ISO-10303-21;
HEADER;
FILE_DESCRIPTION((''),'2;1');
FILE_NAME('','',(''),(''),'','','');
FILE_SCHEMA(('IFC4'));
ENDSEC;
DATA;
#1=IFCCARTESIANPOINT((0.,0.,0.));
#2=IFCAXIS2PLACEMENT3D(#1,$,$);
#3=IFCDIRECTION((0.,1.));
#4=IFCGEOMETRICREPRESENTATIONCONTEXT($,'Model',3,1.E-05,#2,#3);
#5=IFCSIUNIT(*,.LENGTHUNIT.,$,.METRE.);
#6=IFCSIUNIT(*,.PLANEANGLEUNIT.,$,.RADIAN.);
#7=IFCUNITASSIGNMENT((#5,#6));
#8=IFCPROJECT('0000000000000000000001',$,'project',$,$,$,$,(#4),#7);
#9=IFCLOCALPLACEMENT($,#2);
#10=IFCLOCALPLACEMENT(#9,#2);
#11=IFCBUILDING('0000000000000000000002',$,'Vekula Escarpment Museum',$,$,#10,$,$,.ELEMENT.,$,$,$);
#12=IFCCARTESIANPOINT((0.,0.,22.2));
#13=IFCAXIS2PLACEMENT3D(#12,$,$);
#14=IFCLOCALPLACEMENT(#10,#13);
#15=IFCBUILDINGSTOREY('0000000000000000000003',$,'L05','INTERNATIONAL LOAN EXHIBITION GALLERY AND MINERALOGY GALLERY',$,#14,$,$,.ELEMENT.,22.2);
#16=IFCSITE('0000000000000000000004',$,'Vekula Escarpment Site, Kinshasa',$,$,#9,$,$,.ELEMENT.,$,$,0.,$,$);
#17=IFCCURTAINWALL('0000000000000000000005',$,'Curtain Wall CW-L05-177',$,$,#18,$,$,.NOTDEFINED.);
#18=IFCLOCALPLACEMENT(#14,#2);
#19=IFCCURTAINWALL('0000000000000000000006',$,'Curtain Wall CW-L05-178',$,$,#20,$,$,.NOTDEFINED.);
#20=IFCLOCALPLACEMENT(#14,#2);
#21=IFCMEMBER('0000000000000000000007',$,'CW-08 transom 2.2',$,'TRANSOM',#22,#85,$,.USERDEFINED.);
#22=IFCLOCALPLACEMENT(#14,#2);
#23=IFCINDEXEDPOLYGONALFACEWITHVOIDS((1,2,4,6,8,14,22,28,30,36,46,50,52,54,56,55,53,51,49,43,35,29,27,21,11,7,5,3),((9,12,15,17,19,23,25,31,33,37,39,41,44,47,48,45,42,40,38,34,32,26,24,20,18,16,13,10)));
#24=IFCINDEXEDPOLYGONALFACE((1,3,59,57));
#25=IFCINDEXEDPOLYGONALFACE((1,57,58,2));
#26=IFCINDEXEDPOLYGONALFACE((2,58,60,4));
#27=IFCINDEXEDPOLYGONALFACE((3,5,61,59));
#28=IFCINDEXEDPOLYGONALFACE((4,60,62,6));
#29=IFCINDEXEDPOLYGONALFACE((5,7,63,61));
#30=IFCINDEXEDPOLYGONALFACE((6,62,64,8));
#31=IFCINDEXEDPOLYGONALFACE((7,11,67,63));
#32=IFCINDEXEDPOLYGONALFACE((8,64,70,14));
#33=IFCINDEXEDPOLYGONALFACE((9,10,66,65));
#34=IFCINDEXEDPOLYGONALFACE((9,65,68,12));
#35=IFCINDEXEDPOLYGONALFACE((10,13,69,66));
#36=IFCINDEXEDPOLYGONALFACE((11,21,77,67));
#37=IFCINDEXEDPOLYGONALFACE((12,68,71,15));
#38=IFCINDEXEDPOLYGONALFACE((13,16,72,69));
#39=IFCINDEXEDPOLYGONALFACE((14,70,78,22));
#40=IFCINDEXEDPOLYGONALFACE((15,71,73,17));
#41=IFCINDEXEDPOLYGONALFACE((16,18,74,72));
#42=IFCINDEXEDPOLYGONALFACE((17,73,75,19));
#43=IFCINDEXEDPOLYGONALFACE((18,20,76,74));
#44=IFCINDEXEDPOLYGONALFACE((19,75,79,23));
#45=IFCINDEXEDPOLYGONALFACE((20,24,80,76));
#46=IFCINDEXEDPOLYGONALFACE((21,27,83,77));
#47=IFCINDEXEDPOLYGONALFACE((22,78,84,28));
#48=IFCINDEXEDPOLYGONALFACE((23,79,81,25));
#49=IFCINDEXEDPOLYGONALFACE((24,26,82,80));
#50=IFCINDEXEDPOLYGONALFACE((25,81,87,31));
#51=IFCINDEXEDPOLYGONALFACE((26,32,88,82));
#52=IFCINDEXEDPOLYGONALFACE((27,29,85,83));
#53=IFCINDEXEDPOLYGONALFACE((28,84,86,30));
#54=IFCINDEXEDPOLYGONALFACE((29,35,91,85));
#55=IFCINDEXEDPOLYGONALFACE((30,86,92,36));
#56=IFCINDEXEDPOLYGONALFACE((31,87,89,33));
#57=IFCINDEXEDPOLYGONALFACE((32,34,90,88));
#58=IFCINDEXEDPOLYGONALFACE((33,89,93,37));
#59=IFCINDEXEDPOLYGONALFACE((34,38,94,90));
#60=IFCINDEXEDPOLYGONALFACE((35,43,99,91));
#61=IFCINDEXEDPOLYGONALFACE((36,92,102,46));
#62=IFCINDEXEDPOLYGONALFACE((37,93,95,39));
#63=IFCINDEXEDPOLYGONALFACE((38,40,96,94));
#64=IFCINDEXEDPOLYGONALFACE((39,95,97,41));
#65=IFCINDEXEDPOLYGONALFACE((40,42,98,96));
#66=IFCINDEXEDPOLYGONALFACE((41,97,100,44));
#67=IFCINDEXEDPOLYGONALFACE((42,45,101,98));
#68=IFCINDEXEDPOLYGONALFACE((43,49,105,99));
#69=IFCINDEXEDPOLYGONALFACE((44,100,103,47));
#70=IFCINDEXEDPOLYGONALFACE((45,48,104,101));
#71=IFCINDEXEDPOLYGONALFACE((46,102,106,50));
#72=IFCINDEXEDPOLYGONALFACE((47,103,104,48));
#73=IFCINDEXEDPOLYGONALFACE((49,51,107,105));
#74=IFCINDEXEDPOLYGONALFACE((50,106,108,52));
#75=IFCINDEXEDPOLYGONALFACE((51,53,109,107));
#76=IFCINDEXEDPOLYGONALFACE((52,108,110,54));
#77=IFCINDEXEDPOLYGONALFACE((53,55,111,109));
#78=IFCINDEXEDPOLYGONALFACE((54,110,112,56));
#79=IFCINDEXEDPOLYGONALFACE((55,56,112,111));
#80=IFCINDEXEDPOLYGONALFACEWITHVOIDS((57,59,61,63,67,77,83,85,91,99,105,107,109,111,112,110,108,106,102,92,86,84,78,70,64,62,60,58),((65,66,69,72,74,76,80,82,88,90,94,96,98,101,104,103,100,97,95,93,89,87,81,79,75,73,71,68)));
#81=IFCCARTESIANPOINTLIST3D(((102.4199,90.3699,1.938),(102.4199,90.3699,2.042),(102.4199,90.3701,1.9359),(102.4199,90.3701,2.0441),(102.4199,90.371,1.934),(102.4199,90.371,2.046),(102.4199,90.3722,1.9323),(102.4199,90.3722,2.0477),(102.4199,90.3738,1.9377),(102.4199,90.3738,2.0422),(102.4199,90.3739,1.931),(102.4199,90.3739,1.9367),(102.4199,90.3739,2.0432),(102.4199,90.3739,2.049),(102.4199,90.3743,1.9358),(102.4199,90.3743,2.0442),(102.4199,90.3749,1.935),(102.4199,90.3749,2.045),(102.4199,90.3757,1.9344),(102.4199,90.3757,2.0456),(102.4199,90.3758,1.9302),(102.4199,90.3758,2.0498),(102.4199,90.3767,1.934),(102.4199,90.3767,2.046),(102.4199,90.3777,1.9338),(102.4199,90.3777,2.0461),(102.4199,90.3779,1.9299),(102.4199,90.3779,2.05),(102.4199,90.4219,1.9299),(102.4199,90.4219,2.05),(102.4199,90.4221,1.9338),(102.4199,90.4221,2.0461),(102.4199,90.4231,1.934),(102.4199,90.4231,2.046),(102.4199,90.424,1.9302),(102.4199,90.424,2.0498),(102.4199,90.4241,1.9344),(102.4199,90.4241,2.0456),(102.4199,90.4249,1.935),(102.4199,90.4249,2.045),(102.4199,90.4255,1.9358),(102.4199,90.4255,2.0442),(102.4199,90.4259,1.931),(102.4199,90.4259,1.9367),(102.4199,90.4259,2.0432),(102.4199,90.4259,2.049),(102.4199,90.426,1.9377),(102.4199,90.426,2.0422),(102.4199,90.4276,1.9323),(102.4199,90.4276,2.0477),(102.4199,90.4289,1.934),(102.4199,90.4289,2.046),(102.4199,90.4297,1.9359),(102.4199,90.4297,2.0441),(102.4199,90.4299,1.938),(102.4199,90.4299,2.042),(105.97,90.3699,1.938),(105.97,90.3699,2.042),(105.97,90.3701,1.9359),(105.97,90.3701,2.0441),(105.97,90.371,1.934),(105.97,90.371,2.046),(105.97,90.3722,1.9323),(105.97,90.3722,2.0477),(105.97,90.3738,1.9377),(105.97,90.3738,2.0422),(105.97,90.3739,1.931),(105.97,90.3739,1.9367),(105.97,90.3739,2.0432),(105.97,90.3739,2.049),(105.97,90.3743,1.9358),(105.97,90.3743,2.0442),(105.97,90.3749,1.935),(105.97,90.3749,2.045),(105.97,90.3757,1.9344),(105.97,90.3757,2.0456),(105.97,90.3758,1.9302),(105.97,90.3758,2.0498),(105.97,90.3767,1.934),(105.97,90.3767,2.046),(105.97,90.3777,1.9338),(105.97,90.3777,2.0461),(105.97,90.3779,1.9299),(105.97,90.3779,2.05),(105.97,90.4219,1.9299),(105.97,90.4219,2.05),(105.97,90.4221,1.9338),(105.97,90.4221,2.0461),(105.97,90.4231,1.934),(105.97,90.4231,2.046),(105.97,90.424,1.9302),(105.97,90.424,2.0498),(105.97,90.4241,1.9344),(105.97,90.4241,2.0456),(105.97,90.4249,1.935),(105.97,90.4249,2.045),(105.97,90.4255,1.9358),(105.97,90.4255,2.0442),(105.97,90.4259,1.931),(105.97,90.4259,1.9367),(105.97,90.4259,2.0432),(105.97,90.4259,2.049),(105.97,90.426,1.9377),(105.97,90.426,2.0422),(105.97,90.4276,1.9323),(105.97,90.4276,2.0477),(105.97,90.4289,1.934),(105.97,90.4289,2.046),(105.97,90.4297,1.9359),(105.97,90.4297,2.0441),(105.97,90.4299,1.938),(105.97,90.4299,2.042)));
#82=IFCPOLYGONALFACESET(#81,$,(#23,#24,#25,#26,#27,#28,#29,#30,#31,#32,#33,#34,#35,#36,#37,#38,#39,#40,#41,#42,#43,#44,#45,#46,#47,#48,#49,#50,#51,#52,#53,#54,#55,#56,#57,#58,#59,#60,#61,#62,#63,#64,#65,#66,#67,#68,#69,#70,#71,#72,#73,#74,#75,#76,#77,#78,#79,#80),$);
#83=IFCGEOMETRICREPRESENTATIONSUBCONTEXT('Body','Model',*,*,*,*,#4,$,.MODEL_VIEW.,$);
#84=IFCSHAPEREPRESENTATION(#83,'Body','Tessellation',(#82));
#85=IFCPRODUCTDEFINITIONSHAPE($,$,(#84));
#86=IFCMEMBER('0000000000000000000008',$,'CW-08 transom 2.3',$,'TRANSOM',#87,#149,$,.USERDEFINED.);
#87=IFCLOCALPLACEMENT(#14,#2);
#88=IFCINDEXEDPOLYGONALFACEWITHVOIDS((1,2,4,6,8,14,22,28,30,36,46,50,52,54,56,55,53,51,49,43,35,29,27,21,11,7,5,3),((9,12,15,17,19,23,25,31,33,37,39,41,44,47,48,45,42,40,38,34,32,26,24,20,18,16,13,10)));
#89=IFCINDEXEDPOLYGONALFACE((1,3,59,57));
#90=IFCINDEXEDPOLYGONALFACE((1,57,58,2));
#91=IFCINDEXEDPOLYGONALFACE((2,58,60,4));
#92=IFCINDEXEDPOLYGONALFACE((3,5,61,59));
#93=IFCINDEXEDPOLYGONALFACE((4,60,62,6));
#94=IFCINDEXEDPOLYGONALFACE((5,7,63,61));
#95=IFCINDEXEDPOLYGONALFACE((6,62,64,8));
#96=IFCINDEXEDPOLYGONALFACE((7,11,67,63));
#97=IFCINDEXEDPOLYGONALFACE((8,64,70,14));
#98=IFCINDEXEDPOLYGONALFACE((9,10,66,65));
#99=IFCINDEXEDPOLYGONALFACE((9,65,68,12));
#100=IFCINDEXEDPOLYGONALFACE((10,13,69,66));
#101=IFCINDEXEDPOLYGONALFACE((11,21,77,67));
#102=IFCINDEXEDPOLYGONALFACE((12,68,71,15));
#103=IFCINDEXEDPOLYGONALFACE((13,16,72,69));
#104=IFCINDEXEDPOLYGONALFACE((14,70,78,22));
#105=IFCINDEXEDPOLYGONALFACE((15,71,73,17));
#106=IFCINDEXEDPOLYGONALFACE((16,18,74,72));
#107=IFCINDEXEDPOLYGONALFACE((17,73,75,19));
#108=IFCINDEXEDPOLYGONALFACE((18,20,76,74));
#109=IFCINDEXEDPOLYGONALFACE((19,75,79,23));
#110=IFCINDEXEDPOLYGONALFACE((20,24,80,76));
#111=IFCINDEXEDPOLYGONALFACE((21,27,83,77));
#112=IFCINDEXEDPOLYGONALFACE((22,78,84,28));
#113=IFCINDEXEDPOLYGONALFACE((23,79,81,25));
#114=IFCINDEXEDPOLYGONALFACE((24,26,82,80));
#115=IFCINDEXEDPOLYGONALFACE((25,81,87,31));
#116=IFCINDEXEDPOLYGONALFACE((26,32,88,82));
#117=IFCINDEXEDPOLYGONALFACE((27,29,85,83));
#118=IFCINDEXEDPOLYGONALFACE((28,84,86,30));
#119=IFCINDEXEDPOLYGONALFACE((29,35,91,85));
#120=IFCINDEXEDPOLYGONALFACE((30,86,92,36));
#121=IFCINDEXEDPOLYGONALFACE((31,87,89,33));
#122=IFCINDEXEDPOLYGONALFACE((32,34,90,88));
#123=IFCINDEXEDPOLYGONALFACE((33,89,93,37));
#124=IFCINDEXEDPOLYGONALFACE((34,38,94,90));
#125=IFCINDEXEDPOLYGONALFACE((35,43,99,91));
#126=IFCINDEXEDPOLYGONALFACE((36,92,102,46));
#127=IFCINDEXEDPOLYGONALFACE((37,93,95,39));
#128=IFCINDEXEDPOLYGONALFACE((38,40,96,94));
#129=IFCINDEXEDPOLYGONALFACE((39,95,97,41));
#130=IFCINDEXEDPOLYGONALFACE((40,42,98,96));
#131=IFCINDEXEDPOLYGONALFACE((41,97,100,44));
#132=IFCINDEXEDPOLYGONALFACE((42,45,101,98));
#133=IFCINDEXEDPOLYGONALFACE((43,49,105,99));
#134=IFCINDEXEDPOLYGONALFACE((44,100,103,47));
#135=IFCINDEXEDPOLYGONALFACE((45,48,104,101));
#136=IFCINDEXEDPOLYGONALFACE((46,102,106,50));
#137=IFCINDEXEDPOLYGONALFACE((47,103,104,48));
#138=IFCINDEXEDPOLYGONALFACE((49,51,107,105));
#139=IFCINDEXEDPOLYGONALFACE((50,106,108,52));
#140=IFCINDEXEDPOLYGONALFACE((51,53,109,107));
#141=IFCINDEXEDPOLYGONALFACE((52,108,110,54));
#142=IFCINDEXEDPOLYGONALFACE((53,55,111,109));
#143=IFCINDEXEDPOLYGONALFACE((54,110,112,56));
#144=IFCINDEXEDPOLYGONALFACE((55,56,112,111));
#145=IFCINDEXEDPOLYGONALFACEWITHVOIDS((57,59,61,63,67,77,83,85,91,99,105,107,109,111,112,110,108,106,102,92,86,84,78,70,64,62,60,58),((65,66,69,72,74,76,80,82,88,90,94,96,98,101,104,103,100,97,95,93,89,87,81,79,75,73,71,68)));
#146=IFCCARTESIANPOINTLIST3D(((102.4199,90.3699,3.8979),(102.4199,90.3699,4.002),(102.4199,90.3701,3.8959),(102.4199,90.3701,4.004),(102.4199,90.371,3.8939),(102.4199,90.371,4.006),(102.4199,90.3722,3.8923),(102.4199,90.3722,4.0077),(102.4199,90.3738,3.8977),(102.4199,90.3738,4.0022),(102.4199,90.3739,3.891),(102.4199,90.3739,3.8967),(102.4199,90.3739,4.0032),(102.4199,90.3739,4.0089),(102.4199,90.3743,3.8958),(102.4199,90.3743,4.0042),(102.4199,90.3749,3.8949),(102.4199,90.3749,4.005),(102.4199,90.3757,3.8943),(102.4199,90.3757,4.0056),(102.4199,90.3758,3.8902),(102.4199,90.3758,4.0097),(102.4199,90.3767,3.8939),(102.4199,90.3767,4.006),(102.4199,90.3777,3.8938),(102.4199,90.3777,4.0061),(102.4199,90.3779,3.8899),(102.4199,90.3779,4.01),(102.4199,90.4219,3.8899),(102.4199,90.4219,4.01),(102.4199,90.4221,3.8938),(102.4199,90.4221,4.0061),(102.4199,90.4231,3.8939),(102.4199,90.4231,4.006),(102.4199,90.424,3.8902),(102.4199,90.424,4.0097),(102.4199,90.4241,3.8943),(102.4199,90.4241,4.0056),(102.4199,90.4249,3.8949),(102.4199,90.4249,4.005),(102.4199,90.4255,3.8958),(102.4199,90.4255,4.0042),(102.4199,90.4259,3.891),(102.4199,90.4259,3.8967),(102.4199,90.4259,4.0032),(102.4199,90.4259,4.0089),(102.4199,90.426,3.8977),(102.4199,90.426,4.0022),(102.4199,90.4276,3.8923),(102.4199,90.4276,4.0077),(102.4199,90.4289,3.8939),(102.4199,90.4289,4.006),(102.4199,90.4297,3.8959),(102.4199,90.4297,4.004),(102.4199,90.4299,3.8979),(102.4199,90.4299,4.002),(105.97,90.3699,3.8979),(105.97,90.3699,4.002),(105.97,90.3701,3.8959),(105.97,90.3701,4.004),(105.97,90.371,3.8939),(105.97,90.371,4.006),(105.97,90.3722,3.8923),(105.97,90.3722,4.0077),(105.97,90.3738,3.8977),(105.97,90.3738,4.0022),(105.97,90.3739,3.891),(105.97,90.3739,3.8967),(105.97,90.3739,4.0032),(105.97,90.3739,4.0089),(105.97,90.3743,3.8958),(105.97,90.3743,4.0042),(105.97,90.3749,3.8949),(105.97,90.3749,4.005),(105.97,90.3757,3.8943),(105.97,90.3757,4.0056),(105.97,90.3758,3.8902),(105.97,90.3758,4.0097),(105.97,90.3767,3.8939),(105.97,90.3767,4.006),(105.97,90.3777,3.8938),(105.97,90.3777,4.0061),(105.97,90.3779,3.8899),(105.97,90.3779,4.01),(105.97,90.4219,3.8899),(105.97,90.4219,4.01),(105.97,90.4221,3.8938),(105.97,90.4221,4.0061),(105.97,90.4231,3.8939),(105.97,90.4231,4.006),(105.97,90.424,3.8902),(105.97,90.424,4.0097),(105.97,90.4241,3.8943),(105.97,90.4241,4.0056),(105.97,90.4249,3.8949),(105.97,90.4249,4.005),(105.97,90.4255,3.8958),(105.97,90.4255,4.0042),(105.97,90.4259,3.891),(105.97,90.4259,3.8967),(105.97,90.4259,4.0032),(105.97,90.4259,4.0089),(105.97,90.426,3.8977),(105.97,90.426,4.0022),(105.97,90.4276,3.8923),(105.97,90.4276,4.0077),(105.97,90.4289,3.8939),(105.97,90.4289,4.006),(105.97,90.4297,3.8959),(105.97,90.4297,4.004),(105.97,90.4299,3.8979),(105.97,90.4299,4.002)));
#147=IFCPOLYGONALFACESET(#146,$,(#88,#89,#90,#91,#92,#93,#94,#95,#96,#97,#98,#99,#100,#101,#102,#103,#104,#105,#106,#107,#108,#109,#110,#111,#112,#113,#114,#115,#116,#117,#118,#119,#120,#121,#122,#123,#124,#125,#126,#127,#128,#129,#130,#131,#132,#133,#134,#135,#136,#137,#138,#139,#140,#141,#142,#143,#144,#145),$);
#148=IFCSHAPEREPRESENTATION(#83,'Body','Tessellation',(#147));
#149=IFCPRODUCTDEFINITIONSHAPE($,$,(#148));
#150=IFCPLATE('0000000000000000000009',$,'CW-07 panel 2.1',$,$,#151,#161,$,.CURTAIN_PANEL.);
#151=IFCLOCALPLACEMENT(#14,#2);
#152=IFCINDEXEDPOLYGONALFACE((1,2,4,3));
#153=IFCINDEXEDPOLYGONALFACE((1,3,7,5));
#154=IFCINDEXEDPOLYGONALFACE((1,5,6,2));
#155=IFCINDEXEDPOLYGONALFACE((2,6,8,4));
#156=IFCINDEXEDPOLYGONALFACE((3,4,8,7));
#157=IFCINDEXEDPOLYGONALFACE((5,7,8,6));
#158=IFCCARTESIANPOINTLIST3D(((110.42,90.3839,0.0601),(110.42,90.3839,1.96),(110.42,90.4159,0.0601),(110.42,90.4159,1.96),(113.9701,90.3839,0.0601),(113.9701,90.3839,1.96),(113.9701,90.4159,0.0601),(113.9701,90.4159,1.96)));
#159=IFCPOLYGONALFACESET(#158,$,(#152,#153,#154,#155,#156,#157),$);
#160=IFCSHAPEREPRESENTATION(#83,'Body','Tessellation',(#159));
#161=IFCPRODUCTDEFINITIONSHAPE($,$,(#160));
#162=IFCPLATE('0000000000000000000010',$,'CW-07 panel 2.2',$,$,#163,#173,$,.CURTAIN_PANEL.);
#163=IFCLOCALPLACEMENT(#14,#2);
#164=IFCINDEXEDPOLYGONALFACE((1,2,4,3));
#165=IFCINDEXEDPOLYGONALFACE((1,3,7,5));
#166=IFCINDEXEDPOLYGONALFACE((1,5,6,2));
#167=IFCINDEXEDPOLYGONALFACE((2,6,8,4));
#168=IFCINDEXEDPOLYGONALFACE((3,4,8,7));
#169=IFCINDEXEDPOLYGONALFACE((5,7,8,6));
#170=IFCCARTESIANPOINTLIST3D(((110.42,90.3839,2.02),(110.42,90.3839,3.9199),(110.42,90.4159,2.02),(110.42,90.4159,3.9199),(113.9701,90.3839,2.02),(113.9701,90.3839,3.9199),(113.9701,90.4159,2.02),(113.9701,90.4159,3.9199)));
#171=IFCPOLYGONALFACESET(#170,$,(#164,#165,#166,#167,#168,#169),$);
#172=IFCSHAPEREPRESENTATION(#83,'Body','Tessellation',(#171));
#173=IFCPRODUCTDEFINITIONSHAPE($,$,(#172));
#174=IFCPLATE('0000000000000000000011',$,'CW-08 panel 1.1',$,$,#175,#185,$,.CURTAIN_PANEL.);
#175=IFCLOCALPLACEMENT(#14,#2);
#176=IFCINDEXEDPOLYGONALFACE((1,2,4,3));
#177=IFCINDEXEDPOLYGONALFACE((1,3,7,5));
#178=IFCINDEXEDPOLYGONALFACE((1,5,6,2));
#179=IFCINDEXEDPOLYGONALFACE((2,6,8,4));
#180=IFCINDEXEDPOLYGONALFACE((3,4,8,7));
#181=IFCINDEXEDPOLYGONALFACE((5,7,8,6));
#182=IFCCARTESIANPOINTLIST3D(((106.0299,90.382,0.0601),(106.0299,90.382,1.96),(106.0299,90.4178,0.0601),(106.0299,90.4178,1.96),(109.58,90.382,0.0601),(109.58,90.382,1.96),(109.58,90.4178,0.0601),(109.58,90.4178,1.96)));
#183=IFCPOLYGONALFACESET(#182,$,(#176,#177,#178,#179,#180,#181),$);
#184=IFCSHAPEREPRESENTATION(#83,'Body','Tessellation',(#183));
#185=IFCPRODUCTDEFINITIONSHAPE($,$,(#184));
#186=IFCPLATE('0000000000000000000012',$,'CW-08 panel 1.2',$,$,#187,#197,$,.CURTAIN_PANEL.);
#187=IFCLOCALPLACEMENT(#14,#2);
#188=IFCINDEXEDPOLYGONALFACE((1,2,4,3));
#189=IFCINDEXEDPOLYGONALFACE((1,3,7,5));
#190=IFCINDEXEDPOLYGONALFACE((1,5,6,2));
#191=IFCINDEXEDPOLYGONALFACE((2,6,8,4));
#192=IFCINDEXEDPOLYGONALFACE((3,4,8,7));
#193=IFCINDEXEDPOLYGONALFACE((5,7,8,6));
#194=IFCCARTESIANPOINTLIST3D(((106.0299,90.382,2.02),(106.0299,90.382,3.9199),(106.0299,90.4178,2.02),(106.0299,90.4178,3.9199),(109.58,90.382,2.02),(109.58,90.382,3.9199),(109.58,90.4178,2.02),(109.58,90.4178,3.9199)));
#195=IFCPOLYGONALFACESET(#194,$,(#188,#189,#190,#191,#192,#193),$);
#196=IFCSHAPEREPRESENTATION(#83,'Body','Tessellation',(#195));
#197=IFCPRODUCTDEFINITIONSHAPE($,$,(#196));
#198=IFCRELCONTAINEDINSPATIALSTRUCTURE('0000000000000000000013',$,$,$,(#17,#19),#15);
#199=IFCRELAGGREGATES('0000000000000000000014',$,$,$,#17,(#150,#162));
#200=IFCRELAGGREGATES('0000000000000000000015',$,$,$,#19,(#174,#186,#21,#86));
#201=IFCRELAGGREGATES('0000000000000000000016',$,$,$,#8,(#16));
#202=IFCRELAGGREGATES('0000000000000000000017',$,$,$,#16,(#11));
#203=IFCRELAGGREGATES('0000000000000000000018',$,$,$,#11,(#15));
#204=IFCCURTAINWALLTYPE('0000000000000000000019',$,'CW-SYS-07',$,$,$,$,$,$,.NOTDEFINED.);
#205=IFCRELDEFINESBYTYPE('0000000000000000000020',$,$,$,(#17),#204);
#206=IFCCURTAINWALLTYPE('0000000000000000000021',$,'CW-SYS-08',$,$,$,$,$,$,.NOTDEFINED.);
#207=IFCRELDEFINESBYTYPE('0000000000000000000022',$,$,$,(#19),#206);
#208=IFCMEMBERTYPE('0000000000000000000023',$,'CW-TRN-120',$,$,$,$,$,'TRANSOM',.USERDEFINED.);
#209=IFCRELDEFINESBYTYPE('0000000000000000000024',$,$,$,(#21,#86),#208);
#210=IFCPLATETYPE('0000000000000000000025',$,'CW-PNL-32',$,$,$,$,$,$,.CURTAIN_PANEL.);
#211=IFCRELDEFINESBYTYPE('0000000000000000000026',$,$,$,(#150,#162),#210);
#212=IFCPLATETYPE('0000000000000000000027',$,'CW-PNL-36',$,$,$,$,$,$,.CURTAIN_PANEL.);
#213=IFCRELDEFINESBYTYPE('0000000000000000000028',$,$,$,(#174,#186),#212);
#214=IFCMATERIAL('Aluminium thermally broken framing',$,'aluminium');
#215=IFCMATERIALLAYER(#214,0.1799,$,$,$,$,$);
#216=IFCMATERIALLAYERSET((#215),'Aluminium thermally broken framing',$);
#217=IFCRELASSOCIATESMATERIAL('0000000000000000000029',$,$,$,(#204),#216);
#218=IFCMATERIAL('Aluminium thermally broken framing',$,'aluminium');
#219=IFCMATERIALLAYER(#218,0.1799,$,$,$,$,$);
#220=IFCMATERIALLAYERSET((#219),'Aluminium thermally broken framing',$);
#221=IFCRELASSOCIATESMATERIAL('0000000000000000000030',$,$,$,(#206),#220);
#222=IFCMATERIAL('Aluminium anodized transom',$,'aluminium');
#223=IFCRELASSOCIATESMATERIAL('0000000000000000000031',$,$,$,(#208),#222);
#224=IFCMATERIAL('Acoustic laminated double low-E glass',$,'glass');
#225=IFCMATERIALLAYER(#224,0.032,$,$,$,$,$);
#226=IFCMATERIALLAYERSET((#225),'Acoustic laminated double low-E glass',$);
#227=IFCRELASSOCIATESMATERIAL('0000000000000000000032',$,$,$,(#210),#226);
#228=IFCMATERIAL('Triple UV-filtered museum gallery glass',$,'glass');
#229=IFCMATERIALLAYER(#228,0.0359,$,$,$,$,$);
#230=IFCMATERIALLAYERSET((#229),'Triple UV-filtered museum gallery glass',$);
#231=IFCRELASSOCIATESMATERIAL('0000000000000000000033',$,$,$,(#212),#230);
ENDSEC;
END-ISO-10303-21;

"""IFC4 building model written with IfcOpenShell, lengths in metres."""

from ifc_helpers import new_model, si_unit, direction, frame, origin, origin_2d, place, context, subcontext, project, spatial, rectangle, hollow_rectangle, extrude, material, layer, layer_set, material_profile, profile_set, type_object, element, aggregate, save


model = new_model("IFC4")

# Units and contexts
model_context = context("Model", 3, precision=1e-05, world=origin(), true_north=direction((0.0, 1.0)))
body_context = subcontext(model_context, "Body", "Model", "MODEL_VIEW")
ifc_project = project(units=[si_unit("LENGTHUNIT", "METRE"), si_unit("PLANEANGLEUNIT", "RADIAN")], contexts=[model_context])

# Site, building, storey
site_placement = place(None, origin())
site = spatial("IfcSite", under=ifc_project, at=site_placement, Name="Vekula Escarpment Site, Kinshasa", CompositionType="ELEMENT", RefElevation=0.0)
building_placement = place(site_placement, origin())
building = spatial("IfcBuilding", under=site, at=building_placement, Name="Vekula Escarpment Museum", CompositionType="ELEMENT")
storey_placement = place(building_placement, frame((0.0, 0.0, 22.2)))
storey = spatial("IfcBuildingStorey", under=building, at=storey_placement, Name="L05", Description="INTERNATIONAL LOAN EXHIBITION GALLERY AND MINERALOGY GALLERY", CompositionType="ELEMENT", Elevation=22.2)

# Curtain wall
ifc_material_1 = material(Name="Aluminium thermally broken framing", Category="aluminium")
ifc_layer_1 = layer(ifc_material_1, 0.1799)
ifc_layer_set_1 = layer_set([ifc_layer_1], Name="Aluminium thermally broken framing")
curtain_wall_type_1 = type_object("IfcCurtainWallType", Name="CW-SYS-07", PredefinedType="NOTDEFINED", material=ifc_layer_set_1)
curtain_wall_1_placement = place(storey_placement, origin())
curtain_wall_1 = element("IfcCurtainWall", 1, at=curtain_wall_1_placement, inside=storey, type_object=curtain_wall_type_1, Name="Curtain Wall CW-L05-177", PredefinedType="NOTDEFINED")

# Curtain wall, members
ifc_material_2 = material(Name="Aluminium thermally broken framing", Category="aluminium")
ifc_layer_2 = layer(ifc_material_2, 0.1799)
ifc_layer_set_2 = layer_set([ifc_layer_2], Name="Aluminium thermally broken framing")
curtain_wall_type_2 = type_object("IfcCurtainWallType", Name="CW-SYS-08", PredefinedType="NOTDEFINED", material=ifc_layer_set_2)
curtain_wall_2_placement = place(storey_placement, origin())
curtain_wall_2 = element("IfcCurtainWall", 2, at=curtain_wall_2_placement, inside=storey, type_object=curtain_wall_type_2, Name="Curtain Wall CW-L05-178", PredefinedType="NOTDEFINED")
ifc_material_3 = material(Name="Aluminium anodized transom", Category="aluminium")
ifc_material_profile_1 = material_profile(ifc_material_3, hollow_rectangle(XDim=0.0601, YDim=0.1201, WallThickness=0.0039, InnerFilletRadius=0.0039, OuterFilletRadius=0.0081, at=origin_2d()), Name="ALU 120x60x4")
ifc_profile_set_1 = profile_set([ifc_material_profile_1], Name="Aluminium anodized transom")
member_type_1 = type_object("IfcMemberType", Name="CW-TRN-120", ElementType="TRANSOM", PredefinedType="USERDEFINED", material=ifc_profile_set_1)
member_1_placement = place(storey_placement, frame((105.97, 90.3999, 1.99), z_axis=(-1.0, 0.0, 0.0), x_axis=(0.0, -1.0, 0.0)))
member_1 = element("IfcMember", 3, at=member_1_placement, type_object=member_type_1, Name="CW-08 transom 2.2", ObjectType="TRANSOM", PredefinedType="USERDEFINED", context=body_context, shape_type="SweptSolid", body=[
    extrude(hollow_rectangle(XDim=0.0601, YDim=0.1201, WallThickness=0.0039, InnerFilletRadius=0.0039, OuterFilletRadius=0.0081, at=origin_2d()), origin(), (0.0, 0.0, 1.0), 3.55),
])
member_2_placement = place(storey_placement, frame((105.97, 90.3999, 3.95), z_axis=(-1.0, 0.0, 0.0), x_axis=(0.0, -1.0, 0.0)))
member_2 = element("IfcMember", 4, at=member_2_placement, type_object=member_type_1, Name="CW-08 transom 2.3", ObjectType="TRANSOM", PredefinedType="USERDEFINED", context=body_context, shape_type="SweptSolid", body=[
    extrude(hollow_rectangle(XDim=0.0601, YDim=0.1201, WallThickness=0.0039, InnerFilletRadius=0.0039, OuterFilletRadius=0.0081, at=origin_2d()), origin(), (0.0, 0.0, 1.0), 3.55),
])

# Plates
ifc_material_4 = material(Name="Acoustic laminated double low-E glass", Category="glass")
ifc_layer_3 = layer(ifc_material_4, 0.032)
ifc_layer_set_3 = layer_set([ifc_layer_3], Name="Acoustic laminated double low-E glass")
plate_type_1 = type_object("IfcPlateType", Name="CW-PNL-32", PredefinedType="CURTAIN_PANEL", material=ifc_layer_set_3)
plate_1_placement = place(storey_placement, frame((112.1951, 90.3999, 0.0601), z_axis=(0.0, 0.0, 1.0), x_axis=(-1.0, 0.0, 0.0)))
plate_1 = element("IfcPlate", 5, at=plate_1_placement, type_object=plate_type_1, Name="CW-07 panel 2.1", PredefinedType="CURTAIN_PANEL", context=body_context, shape_type="SweptSolid", body=[
    extrude(rectangle(XDim=3.55, YDim=0.032, at=origin_2d()), origin(), (0.0, 0.0, 1.0), 1.8999),
])
plate_2_placement = place(storey_placement, frame((112.1951, 90.3999, 2.02), z_axis=(0.0, 0.0, 1.0), x_axis=(-1.0, 0.0, 0.0)))
plate_2 = element("IfcPlate", 6, at=plate_2_placement, type_object=plate_type_1, Name="CW-07 panel 2.2", PredefinedType="CURTAIN_PANEL", context=body_context, shape_type="SweptSolid", body=[
    extrude(rectangle(XDim=3.55, YDim=0.032, at=origin_2d()), origin(), (0.0, 0.0, 1.0), 1.8999),
])
aggregate(curtain_wall_1, [plate_1, plate_2])
ifc_material_5 = material(Name="Triple UV-filtered museum gallery glass", Category="glass")
ifc_layer_4 = layer(ifc_material_5, 0.0359)
ifc_layer_set_4 = layer_set([ifc_layer_4], Name="Triple UV-filtered museum gallery glass")
plate_type_2 = type_object("IfcPlateType", Name="CW-PNL-36", PredefinedType="CURTAIN_PANEL", material=ifc_layer_set_4)
plate_3_placement = place(storey_placement, frame((107.8049, 90.3999, 0.0601), z_axis=(0.0, 0.0, 1.0), x_axis=(-1.0, 0.0, 0.0)))
plate_3 = element("IfcPlate", 7, at=plate_3_placement, type_object=plate_type_2, Name="CW-08 panel 1.1", PredefinedType="CURTAIN_PANEL", context=body_context, shape_type="SweptSolid", body=[
    extrude(rectangle(XDim=3.55, YDim=0.0359, at=origin_2d()), origin(), (0.0, 0.0, 1.0), 1.8999),
])
plate_4_placement = place(storey_placement, frame((107.8049, 90.3999, 2.02), z_axis=(0.0, 0.0, 1.0), x_axis=(-1.0, 0.0, 0.0)))
plate_4 = element("IfcPlate", 8, at=plate_4_placement, type_object=plate_type_2, Name="CW-08 panel 1.2", PredefinedType="CURTAIN_PANEL", context=body_context, shape_type="SweptSolid", body=[
    extrude(rectangle(XDim=3.55, YDim=0.0359, at=origin_2d()), origin(), (0.0, 0.0, 1.0), 1.8999),
])
aggregate(curtain_wall_2, [plate_3, plate_4, member_1, member_2])

save(model, "model.ifc")
